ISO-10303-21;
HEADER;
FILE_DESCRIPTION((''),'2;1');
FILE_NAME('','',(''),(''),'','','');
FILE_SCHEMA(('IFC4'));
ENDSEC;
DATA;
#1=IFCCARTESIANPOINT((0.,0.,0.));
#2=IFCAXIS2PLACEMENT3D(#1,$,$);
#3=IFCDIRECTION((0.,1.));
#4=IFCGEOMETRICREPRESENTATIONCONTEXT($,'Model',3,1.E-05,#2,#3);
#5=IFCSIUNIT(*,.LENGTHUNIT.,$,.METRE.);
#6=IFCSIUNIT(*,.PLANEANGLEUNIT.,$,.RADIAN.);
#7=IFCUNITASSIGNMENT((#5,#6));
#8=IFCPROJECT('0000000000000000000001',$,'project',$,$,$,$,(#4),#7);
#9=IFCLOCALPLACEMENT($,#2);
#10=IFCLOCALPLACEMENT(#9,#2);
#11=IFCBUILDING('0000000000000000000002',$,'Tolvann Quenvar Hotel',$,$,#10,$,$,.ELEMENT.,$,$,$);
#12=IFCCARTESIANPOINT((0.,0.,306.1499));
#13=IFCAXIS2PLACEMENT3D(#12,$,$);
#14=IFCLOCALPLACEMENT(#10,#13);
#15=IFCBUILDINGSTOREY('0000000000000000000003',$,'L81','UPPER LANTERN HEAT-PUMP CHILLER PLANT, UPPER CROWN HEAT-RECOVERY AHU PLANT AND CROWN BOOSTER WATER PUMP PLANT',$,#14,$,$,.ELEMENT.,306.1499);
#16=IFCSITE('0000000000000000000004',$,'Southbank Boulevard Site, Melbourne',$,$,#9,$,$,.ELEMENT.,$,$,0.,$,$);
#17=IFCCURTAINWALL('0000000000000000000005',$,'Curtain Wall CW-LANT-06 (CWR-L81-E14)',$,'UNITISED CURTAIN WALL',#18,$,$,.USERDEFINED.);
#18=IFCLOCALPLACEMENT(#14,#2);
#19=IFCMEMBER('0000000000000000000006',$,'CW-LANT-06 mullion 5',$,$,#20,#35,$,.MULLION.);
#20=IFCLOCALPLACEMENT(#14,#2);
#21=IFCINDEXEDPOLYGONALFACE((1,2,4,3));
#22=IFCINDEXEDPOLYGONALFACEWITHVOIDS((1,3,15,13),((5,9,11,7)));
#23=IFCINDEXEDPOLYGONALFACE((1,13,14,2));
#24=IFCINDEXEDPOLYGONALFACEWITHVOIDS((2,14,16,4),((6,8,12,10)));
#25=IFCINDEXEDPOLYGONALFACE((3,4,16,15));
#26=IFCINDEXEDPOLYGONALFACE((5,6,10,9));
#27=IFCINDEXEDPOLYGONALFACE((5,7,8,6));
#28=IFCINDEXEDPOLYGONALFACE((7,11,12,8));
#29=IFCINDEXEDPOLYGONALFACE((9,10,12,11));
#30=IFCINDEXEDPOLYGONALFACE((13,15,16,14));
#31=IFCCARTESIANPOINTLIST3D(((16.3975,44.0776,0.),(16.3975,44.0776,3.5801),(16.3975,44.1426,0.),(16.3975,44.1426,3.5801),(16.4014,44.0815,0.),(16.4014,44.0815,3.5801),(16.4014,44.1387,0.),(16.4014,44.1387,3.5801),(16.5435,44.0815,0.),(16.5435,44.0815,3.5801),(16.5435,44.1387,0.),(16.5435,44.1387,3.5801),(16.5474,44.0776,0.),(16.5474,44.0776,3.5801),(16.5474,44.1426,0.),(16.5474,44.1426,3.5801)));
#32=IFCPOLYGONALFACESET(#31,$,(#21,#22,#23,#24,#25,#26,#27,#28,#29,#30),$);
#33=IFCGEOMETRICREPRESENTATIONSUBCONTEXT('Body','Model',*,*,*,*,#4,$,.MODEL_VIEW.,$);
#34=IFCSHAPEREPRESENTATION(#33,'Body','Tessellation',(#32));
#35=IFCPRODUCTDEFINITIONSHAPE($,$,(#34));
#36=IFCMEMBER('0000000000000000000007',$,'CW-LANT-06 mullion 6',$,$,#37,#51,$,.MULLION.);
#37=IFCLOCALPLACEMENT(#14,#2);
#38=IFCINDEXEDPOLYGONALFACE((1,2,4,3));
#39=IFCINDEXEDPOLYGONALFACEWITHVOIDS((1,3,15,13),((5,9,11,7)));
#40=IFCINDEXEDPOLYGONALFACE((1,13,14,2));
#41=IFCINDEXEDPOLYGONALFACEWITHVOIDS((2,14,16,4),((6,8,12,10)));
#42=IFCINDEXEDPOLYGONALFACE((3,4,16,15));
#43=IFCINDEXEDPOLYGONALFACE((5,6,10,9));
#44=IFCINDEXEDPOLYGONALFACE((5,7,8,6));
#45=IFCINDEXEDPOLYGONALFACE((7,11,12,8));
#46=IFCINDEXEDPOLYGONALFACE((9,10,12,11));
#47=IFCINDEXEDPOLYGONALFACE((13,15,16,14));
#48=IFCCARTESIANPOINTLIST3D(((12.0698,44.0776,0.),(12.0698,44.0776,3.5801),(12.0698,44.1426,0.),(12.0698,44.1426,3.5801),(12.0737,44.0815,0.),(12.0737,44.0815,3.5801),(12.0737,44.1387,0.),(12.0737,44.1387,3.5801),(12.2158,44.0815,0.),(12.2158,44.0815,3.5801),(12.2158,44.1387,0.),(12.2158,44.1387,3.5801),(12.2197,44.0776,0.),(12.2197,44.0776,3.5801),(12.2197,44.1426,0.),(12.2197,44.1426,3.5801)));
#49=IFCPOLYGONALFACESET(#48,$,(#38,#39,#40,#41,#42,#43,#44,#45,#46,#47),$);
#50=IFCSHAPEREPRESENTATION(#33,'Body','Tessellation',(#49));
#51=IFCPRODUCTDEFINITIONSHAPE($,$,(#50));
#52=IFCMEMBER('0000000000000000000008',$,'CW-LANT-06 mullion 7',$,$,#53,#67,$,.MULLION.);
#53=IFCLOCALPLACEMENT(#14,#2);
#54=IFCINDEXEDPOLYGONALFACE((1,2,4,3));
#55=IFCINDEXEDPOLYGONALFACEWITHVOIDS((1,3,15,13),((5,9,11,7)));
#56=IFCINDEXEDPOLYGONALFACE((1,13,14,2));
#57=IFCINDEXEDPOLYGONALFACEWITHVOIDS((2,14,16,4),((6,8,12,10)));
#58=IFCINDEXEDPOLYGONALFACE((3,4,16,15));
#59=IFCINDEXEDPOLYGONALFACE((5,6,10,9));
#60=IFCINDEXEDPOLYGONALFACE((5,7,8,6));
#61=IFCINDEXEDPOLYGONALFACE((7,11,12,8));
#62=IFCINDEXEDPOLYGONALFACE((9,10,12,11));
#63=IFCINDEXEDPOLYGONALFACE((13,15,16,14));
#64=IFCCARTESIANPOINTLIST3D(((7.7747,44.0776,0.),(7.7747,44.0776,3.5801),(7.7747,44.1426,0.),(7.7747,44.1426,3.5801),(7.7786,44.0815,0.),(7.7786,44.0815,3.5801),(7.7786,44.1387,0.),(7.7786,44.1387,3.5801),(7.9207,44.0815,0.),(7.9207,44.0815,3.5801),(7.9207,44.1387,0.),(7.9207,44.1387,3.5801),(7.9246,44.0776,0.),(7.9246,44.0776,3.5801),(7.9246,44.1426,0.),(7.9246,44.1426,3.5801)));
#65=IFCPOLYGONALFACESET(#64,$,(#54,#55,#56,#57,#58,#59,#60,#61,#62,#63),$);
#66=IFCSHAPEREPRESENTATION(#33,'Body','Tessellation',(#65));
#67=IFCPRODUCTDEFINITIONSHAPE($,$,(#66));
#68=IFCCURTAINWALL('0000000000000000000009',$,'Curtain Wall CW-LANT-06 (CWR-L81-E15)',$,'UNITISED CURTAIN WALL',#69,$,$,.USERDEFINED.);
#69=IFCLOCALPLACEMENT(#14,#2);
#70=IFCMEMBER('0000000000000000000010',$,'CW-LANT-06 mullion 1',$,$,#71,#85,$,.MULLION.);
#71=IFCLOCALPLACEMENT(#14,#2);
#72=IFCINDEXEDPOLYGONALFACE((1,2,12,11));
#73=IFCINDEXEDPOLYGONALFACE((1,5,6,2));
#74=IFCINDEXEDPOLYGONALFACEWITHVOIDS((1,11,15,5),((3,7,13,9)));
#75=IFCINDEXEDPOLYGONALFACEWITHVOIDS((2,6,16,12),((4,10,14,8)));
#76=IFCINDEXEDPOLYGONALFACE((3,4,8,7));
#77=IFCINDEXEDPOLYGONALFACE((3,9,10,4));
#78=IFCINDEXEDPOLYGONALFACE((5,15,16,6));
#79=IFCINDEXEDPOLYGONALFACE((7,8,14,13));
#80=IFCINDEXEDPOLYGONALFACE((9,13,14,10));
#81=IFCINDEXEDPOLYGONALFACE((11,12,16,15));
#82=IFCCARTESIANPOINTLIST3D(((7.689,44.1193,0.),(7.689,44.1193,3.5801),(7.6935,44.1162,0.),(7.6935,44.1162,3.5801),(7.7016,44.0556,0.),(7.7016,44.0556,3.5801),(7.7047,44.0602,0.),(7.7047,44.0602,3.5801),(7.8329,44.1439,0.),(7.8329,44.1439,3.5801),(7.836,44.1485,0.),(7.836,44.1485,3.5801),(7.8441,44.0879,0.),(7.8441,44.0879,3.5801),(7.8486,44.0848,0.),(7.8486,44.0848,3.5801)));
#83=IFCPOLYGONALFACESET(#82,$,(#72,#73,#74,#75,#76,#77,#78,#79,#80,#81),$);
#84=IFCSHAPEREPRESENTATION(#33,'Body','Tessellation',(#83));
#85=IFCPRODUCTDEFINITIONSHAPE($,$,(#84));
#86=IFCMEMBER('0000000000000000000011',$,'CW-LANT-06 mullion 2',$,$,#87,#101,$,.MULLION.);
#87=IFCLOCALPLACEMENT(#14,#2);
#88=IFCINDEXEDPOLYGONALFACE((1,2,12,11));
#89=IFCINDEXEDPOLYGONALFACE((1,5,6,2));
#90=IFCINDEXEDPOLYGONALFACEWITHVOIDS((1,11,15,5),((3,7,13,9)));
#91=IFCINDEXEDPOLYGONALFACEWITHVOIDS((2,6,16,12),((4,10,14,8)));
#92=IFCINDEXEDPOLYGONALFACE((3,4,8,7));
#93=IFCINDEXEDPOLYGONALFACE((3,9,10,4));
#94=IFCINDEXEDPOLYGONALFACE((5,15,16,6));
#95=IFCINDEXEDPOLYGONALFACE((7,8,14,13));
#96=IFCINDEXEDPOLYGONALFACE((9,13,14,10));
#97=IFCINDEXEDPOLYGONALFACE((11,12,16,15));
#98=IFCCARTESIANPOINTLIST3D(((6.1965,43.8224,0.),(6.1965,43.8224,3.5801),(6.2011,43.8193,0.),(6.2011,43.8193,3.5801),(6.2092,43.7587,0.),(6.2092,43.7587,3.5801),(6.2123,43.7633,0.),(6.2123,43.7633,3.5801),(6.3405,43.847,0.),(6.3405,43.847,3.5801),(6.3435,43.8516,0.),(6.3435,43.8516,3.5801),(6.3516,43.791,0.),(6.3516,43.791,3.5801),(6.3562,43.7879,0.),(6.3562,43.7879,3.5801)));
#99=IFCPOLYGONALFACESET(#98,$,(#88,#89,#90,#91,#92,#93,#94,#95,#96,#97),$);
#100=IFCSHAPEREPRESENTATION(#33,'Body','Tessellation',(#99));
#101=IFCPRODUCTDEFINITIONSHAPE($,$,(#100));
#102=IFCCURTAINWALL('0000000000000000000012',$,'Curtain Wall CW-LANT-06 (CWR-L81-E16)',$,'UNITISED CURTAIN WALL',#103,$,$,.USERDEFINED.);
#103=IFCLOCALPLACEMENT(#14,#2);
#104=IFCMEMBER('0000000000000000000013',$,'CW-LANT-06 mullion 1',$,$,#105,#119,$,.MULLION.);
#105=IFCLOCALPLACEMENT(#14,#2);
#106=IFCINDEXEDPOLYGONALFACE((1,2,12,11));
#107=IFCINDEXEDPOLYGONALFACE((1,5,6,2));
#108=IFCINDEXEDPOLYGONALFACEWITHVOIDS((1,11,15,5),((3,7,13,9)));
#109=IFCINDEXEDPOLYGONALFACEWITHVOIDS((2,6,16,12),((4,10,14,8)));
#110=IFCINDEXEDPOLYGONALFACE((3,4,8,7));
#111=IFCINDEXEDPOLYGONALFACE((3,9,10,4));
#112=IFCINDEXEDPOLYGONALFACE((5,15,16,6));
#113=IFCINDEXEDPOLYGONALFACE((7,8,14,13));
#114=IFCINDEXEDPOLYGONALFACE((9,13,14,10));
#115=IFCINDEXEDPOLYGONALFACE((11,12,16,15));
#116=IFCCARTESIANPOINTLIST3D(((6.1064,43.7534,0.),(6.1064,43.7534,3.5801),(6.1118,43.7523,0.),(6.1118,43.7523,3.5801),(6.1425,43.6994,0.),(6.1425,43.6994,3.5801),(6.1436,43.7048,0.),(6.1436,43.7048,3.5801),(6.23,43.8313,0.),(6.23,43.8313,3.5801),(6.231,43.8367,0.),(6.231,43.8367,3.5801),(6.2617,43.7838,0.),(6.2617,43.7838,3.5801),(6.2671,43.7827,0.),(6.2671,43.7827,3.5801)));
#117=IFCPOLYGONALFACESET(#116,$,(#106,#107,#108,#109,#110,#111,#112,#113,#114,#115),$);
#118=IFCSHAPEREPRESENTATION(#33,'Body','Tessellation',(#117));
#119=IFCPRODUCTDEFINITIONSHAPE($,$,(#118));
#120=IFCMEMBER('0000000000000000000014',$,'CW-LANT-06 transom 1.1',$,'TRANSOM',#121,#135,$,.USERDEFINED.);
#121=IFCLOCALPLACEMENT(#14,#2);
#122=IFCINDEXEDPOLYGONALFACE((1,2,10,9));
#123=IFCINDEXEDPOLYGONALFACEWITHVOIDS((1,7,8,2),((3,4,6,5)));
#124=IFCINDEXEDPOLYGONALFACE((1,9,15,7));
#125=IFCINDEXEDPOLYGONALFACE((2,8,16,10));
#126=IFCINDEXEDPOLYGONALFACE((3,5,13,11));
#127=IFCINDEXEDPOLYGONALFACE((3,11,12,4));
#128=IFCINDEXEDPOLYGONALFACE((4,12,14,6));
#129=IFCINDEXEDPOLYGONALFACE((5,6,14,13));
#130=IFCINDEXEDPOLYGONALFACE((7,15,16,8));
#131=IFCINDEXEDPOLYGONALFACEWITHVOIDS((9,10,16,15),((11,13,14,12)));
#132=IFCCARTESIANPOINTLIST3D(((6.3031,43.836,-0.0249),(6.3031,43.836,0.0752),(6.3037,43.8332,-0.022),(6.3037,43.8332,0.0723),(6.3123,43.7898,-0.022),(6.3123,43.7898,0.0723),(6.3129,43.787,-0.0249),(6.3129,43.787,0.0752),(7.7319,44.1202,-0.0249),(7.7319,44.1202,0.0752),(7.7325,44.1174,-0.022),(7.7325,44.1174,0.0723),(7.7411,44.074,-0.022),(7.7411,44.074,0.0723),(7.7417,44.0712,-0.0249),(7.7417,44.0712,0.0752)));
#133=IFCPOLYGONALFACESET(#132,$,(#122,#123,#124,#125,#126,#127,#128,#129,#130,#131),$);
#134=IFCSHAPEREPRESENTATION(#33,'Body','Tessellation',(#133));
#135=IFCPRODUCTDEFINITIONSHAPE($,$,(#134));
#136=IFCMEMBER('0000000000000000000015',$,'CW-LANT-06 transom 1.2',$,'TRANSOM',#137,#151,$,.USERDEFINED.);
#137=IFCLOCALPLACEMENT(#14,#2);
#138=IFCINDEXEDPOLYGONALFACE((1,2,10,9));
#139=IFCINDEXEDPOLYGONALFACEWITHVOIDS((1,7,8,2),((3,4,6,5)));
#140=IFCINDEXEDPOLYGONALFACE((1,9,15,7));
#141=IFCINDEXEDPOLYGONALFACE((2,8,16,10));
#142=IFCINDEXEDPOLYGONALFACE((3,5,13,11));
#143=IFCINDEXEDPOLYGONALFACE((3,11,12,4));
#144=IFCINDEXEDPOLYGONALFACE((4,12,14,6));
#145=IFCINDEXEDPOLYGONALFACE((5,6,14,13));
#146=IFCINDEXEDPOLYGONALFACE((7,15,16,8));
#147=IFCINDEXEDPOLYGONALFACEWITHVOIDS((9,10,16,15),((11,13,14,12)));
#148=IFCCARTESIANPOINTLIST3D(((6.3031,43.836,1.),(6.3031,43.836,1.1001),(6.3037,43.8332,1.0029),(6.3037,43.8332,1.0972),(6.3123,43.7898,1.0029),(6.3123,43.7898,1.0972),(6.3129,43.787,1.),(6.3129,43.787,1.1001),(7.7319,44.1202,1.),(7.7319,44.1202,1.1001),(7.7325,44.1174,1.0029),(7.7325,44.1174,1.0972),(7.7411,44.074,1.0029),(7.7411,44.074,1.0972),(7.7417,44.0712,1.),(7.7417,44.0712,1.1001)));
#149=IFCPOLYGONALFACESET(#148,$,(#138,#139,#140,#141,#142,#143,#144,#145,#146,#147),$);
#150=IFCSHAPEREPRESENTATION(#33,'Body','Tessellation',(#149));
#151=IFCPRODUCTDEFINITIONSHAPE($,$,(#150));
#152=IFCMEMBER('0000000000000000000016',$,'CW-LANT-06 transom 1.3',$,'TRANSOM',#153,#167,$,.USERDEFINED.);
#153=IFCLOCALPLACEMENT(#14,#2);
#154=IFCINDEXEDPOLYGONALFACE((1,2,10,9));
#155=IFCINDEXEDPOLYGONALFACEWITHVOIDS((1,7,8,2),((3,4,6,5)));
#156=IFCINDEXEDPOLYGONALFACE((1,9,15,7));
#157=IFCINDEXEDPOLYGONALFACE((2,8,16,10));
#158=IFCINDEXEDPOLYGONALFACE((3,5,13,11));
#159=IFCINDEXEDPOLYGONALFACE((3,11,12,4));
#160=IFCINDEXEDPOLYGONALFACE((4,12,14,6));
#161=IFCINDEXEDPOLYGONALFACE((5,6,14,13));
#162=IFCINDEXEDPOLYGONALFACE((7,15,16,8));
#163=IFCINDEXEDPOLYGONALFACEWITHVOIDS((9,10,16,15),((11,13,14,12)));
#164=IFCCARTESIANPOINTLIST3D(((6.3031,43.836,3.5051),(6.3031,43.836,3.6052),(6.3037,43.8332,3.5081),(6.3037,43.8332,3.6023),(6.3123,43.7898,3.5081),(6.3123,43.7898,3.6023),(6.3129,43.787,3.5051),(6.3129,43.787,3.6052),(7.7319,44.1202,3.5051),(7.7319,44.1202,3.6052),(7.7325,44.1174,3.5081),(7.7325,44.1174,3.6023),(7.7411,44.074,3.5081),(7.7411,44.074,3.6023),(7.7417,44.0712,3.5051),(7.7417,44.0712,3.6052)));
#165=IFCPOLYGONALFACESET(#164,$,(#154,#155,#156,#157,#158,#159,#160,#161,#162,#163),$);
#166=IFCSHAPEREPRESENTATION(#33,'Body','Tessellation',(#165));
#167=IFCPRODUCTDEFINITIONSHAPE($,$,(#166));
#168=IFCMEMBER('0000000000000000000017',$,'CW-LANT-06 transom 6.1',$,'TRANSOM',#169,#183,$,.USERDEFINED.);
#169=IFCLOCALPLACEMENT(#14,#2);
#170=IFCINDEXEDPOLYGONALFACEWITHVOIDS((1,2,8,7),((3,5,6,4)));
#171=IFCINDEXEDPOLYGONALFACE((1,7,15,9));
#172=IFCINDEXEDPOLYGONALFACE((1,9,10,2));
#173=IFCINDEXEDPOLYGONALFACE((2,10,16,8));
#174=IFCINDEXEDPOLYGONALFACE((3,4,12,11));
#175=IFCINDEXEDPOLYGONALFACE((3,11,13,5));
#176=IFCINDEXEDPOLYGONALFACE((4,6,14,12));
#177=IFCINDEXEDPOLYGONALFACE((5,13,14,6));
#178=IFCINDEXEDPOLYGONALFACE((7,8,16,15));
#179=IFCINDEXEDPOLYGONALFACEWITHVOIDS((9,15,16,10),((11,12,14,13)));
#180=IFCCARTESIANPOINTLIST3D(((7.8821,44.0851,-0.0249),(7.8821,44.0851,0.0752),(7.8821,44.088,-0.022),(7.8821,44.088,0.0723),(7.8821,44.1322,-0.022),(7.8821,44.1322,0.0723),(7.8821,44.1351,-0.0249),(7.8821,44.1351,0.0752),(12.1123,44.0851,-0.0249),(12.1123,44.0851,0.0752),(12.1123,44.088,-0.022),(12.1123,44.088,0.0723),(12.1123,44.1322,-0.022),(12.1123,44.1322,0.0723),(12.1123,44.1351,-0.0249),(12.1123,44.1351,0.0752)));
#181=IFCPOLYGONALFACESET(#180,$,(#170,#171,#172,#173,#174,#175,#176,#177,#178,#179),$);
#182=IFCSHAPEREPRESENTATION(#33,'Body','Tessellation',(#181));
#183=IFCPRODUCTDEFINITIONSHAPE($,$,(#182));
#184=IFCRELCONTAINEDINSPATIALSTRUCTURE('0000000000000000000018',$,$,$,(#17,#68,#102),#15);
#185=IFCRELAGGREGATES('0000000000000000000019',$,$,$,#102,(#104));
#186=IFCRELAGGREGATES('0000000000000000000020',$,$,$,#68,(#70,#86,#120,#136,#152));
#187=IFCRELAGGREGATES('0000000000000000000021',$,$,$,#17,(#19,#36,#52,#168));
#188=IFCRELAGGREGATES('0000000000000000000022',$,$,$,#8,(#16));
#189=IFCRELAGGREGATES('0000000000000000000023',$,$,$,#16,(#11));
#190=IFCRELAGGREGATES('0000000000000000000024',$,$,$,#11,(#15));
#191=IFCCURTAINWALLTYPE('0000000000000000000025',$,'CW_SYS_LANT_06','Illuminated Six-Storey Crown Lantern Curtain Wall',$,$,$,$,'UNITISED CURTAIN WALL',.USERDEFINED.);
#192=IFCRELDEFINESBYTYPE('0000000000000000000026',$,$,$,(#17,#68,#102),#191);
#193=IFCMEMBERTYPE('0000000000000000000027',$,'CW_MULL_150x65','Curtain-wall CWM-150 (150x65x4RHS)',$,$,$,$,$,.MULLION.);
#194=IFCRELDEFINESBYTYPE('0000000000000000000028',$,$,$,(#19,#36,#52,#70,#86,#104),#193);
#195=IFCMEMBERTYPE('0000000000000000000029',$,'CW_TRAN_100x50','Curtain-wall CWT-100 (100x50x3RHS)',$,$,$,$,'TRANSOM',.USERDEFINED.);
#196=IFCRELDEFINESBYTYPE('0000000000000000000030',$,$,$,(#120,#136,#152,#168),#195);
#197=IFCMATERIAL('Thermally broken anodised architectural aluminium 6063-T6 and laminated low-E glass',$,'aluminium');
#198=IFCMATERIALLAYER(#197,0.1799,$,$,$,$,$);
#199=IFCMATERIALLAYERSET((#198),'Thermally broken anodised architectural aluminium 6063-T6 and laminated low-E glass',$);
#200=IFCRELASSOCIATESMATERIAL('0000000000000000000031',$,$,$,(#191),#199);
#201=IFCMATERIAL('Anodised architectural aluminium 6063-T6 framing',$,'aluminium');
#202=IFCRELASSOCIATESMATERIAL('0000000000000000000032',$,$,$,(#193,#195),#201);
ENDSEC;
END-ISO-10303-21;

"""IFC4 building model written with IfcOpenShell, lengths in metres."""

from ifc_helpers import new_model, si_unit, direction, frame, origin, origin_2d, place, context, subcontext, project, spatial, hollow_rectangle, extrude, source, transform, mapped, material, layer, layer_set, material_profile, profile_set, type_object, type_shapes, element, aggregate, save


model = new_model("IFC4")

# Units and contexts
model_context = context("Model", 3, precision=1e-05, world=origin(), true_north=direction((0.0, 1.0)))
body_context = subcontext(model_context, "Body", "Model", "MODEL_VIEW")
ifc_project = project(units=[si_unit("LENGTHUNIT", "METRE"), si_unit("PLANEANGLEUNIT", "RADIAN")], contexts=[model_context])

# Site, building, storey
site_placement = place(None, origin())
site = spatial("IfcSite", under=ifc_project, at=site_placement, Name="Southbank Boulevard Site, Melbourne", CompositionType="ELEMENT", RefElevation=0.0)
building_placement = place(site_placement, origin())
building = spatial("IfcBuilding", under=site, at=building_placement, Name="Tolvann Quenvar Hotel", CompositionType="ELEMENT")
storey_placement = place(building_placement, frame((0.0, 0.0, 306.1499)))
storey = spatial("IfcBuildingStorey", under=building, at=storey_placement, Name="L81", Description="UPPER LANTERN HEAT-PUMP CHILLER PLANT, UPPER CROWN HEAT-RECOVERY AHU PLANT AND CROWN BOOSTER WATER PUMP PLANT", CompositionType="ELEMENT", Elevation=306.1499)

# Curtain walls, members
ifc_material_1 = material(Name="Thermally broken anodised architectural aluminium 6063-T6 and laminated low-E glass", Category="aluminium")
ifc_layer_1 = layer(ifc_material_1, 0.1799)
ifc_layer_set_1 = layer_set([ifc_layer_1], Name="Thermally broken anodised architectural aluminium 6063-T6 and laminated low-E glass")
curtain_wall_type = type_object("IfcCurtainWallType", Name="CW_SYS_LANT_06", Description="Illuminated Six-Storey Crown Lantern Curtain Wall", ElementType="UNITISED CURTAIN WALL", PredefinedType="USERDEFINED", material=ifc_layer_set_1)
curtain_wall_1_placement = place(storey_placement, origin())
curtain_wall_1 = element("IfcCurtainWall", 1, at=curtain_wall_1_placement, inside=storey, type_object=curtain_wall_type, Name="Curtain Wall CW-LANT-06 (CWR-L81-E14)", ObjectType="UNITISED CURTAIN WALL", PredefinedType="USERDEFINED")
ifc_material_2 = material(Name="Anodised architectural aluminium 6063-T6 framing", Category="aluminium")
ifc_material_profile_1 = material_profile(ifc_material_2, hollow_rectangle(XDim=0.0649, YDim=0.1499, WallThickness=0.0039, at=origin_2d()), Name="150x65x4RHS")
ifc_profile_set_1 = profile_set([ifc_material_profile_1], Name="Anodised architectural aluminium 6063-T6 framing")
member_type_1 = type_object("IfcMemberType", Name="CW_MULL_150x65", Description="Curtain-wall CWM-150 (150x65x4RHS)", PredefinedType="MULLION", material=ifc_profile_set_1)
shared_shape_1 = source(origin(), body_context, "Body", "SweptSolid", [
    extrude(hollow_rectangle(XDim=0.0649, YDim=0.1499, WallThickness=0.0039, at=origin_2d()), origin(), (0.0, 0.0, 1.0), 3.5801),
])
type_shapes(member_type_1, [shared_shape_1])
member_1_placement = place(storey_placement, frame((16.4724, 44.1101, 0.0), z_axis=(0.0, 0.0, 1.0), x_axis=(0.0, -1.0, 0.0)))
member_1 = element("IfcMember", 2, at=member_1_placement, type_object=member_type_1, Name="CW-LANT-06 mullion 5", PredefinedType="MULLION", context=body_context, shape_type="MappedRepresentation", body=[
    mapped(shared_shape_1, transform((0.0, 0.0, 0.0), x_axis=(1.0, 0.0, 0.0), y_axis=(0.0, 1.0, 0.0), z_axis=(0.0, 0.0, 1.0), scale=1.0)),
])
member_2_placement = place(storey_placement, frame((12.1448, 44.1101, 0.0), z_axis=(0.0, 0.0, 1.0), x_axis=(0.0, -1.0, 0.0)))
member_2 = element("IfcMember", 3, at=member_2_placement, type_object=member_type_1, Name="CW-LANT-06 mullion 6", PredefinedType="MULLION", context=body_context, shape_type="MappedRepresentation", body=[
    mapped(shared_shape_1, transform((0.0, 0.0, 0.0), x_axis=(1.0, 0.0, 0.0), y_axis=(0.0, 1.0, 0.0), z_axis=(0.0, 0.0, 1.0), scale=1.0)),
])
member_3_placement = place(storey_placement, frame((7.8496, 44.1101, 0.0), z_axis=(0.0, 0.0, 1.0), x_axis=(0.0, -1.0, 0.0)))
member_3 = element("IfcMember", 4, at=member_3_placement, type_object=member_type_1, Name="CW-LANT-06 mullion 7", PredefinedType="MULLION", context=body_context, shape_type="MappedRepresentation", body=[
    mapped(shared_shape_1, transform((0.0, 0.0, 0.0), x_axis=(1.0, 0.0, 0.0), y_axis=(0.0, 1.0, 0.0), z_axis=(0.0, 0.0, 1.0), scale=1.0)),
])
curtain_wall_2_placement = place(storey_placement, origin())
curtain_wall_2 = element("IfcCurtainWall", 5, at=curtain_wall_2_placement, inside=storey, type_object=curtain_wall_type, Name="Curtain Wall CW-LANT-06 (CWR-L81-E15)", ObjectType="UNITISED CURTAIN WALL", PredefinedType="USERDEFINED")
member_4_placement = place(storey_placement, frame((7.7688, 44.1021, 0.0), z_axis=(0.0, 0.0, 1.0), x_axis=(0.195062, -0.980791, 0.0)))
member_4 = element("IfcMember", 6, at=member_4_placement, type_object=member_type_1, Name="CW-LANT-06 mullion 1", PredefinedType="MULLION", context=body_context, shape_type="MappedRepresentation", body=[
    mapped(shared_shape_1, transform((0.0, 0.0, 0.0), x_axis=(1.0, 0.0, 0.0), y_axis=(0.0, 1.0, 0.0), z_axis=(0.0, 0.0, 1.0), scale=1.0)),
])
member_5_placement = place(storey_placement, frame((6.2764, 43.8052, 0.0), z_axis=(0.0, 0.0, 1.0), x_axis=(0.195062, -0.980791, 0.0)))
member_5 = element("IfcMember", 7, at=member_5_placement, type_object=member_type_1, Name="CW-LANT-06 mullion 2", PredefinedType="MULLION", context=body_context, shape_type="MappedRepresentation", body=[
    mapped(shared_shape_1, transform((0.0, 0.0, 0.0), x_axis=(1.0, 0.0, 0.0), y_axis=(0.0, 1.0, 0.0), z_axis=(0.0, 0.0, 1.0), scale=1.0)),
])

# Curtain wall, member
curtain_wall_3_placement = place(storey_placement, origin())
curtain_wall_3 = element("IfcCurtainWall", 8, at=curtain_wall_3_placement, inside=storey, type_object=curtain_wall_type, Name="Curtain Wall CW-LANT-06 (CWR-L81-E16)", ObjectType="UNITISED CURTAIN WALL", PredefinedType="USERDEFINED")
member_6_placement = place(storey_placement, frame((6.1868, 43.7681, 0.0), z_axis=(0.0, 0.0, 1.0), x_axis=(0.555656, -0.831412, 0.0)))
member_6 = element("IfcMember", 9, at=member_6_placement, type_object=member_type_1, Name="CW-LANT-06 mullion 1", PredefinedType="MULLION", context=body_context, shape_type="MappedRepresentation", body=[
    mapped(shared_shape_1, transform((0.0, 0.0, 0.0), x_axis=(1.0, 0.0, 0.0), y_axis=(0.0, 1.0, 0.0), z_axis=(0.0, 0.0, 1.0), scale=1.0)),
])
aggregate(curtain_wall_3, [member_6])

# Members
ifc_material_profile_2 = material_profile(ifc_material_2, hollow_rectangle(XDim=0.05, YDim=0.1001, WallThickness=0.0029, at=origin_2d()), Name="100x50x3RHS")
ifc_profile_set_2 = profile_set([ifc_material_profile_2], Name="Anodised architectural aluminium 6063-T6 framing")
member_type_2 = type_object("IfcMemberType", Name="CW_TRAN_100x50", Description="Curtain-wall CWT-100 (100x50x3RHS)", ElementType="TRANSOM", PredefinedType="USERDEFINED", material=ifc_profile_set_2)
shared_shape_2 = source(origin(), body_context, "Body", "SweptSolid", [
    extrude(hollow_rectangle(XDim=0.05, YDim=0.1001, WallThickness=0.0029, at=origin_2d()), origin(), (0.0, 0.0, 1.0), 1.4568),
])
member_7_placement = place(storey_placement, frame((7.7368, 44.0957, 0.0251), z_axis=(-0.980786, -0.195085, 0.0), x_axis=(0.195085, -0.980786, 0.0)))
member_7 = element("IfcMember", 10, at=member_7_placement, type_object=member_type_2, Name="CW-LANT-06 transom 1.1", ObjectType="TRANSOM", PredefinedType="USERDEFINED", context=body_context, shape_type="MappedRepresentation", body=[
    mapped(shared_shape_2, transform((0.0, 0.0, 0.0), x_axis=(1.0, 0.0, 0.0), y_axis=(0.0, 1.0, 0.0), z_axis=(0.0, 0.0, 1.0), scale=1.0)),
])
member_8_placement = place(storey_placement, frame((7.7368, 44.0957, 1.05), z_axis=(-0.980786, -0.195085, 0.0), x_axis=(0.195085, -0.980786, 0.0)))
member_8 = element("IfcMember", 11, at=member_8_placement, type_object=member_type_2, Name="CW-LANT-06 transom 1.2", ObjectType="TRANSOM", PredefinedType="USERDEFINED", context=body_context, shape_type="MappedRepresentation", body=[
    mapped(shared_shape_2, transform((0.0, 0.0, 0.0), x_axis=(1.0, 0.0, 0.0), y_axis=(0.0, 1.0, 0.0), z_axis=(0.0, 0.0, 1.0), scale=1.0)),
])
member_9_placement = place(storey_placement, frame((7.7368, 44.0957, 3.5552), z_axis=(-0.980786, -0.195085, 0.0), x_axis=(0.195085, -0.980786, 0.0)))
member_9 = element("IfcMember", 12, at=member_9_placement, type_object=member_type_2, Name="CW-LANT-06 transom 1.3", ObjectType="TRANSOM", PredefinedType="USERDEFINED", context=body_context, shape_type="MappedRepresentation", body=[
    mapped(shared_shape_2, transform((0.0, 0.0, 0.0), x_axis=(1.0, 0.0, 0.0), y_axis=(0.0, 1.0, 0.0), z_axis=(0.0, 0.0, 1.0), scale=1.0)),
])
shared_shape_3 = source(origin(), body_context, "Body", "SweptSolid", [
    extrude(hollow_rectangle(XDim=0.05, YDim=0.1001, WallThickness=0.0029, at=origin_2d()), origin(), (0.0, 0.0, 1.0), 4.2302),
])
member_10_placement = place(storey_placement, frame((12.1123, 44.1101, 0.0251), z_axis=(-1.0, 0.0, 0.0), x_axis=(0.0, -1.0, 0.0)))
member_10 = element("IfcMember", 13, at=member_10_placement, type_object=member_type_2, Name="CW-LANT-06 transom 6.1", ObjectType="TRANSOM", PredefinedType="USERDEFINED", context=body_context, shape_type="MappedRepresentation", body=[
    mapped(shared_shape_3, transform((0.0, 0.0, 0.0), x_axis=(1.0, 0.0, 0.0), y_axis=(0.0, 1.0, 0.0), z_axis=(0.0, 0.0, 1.0), scale=1.0)),
])

aggregate(curtain_wall_2, [member_4, member_5, member_7, member_8, member_9])
aggregate(curtain_wall_1, [member_1, member_2, member_3, member_10])

save(model, "model.ifc")
